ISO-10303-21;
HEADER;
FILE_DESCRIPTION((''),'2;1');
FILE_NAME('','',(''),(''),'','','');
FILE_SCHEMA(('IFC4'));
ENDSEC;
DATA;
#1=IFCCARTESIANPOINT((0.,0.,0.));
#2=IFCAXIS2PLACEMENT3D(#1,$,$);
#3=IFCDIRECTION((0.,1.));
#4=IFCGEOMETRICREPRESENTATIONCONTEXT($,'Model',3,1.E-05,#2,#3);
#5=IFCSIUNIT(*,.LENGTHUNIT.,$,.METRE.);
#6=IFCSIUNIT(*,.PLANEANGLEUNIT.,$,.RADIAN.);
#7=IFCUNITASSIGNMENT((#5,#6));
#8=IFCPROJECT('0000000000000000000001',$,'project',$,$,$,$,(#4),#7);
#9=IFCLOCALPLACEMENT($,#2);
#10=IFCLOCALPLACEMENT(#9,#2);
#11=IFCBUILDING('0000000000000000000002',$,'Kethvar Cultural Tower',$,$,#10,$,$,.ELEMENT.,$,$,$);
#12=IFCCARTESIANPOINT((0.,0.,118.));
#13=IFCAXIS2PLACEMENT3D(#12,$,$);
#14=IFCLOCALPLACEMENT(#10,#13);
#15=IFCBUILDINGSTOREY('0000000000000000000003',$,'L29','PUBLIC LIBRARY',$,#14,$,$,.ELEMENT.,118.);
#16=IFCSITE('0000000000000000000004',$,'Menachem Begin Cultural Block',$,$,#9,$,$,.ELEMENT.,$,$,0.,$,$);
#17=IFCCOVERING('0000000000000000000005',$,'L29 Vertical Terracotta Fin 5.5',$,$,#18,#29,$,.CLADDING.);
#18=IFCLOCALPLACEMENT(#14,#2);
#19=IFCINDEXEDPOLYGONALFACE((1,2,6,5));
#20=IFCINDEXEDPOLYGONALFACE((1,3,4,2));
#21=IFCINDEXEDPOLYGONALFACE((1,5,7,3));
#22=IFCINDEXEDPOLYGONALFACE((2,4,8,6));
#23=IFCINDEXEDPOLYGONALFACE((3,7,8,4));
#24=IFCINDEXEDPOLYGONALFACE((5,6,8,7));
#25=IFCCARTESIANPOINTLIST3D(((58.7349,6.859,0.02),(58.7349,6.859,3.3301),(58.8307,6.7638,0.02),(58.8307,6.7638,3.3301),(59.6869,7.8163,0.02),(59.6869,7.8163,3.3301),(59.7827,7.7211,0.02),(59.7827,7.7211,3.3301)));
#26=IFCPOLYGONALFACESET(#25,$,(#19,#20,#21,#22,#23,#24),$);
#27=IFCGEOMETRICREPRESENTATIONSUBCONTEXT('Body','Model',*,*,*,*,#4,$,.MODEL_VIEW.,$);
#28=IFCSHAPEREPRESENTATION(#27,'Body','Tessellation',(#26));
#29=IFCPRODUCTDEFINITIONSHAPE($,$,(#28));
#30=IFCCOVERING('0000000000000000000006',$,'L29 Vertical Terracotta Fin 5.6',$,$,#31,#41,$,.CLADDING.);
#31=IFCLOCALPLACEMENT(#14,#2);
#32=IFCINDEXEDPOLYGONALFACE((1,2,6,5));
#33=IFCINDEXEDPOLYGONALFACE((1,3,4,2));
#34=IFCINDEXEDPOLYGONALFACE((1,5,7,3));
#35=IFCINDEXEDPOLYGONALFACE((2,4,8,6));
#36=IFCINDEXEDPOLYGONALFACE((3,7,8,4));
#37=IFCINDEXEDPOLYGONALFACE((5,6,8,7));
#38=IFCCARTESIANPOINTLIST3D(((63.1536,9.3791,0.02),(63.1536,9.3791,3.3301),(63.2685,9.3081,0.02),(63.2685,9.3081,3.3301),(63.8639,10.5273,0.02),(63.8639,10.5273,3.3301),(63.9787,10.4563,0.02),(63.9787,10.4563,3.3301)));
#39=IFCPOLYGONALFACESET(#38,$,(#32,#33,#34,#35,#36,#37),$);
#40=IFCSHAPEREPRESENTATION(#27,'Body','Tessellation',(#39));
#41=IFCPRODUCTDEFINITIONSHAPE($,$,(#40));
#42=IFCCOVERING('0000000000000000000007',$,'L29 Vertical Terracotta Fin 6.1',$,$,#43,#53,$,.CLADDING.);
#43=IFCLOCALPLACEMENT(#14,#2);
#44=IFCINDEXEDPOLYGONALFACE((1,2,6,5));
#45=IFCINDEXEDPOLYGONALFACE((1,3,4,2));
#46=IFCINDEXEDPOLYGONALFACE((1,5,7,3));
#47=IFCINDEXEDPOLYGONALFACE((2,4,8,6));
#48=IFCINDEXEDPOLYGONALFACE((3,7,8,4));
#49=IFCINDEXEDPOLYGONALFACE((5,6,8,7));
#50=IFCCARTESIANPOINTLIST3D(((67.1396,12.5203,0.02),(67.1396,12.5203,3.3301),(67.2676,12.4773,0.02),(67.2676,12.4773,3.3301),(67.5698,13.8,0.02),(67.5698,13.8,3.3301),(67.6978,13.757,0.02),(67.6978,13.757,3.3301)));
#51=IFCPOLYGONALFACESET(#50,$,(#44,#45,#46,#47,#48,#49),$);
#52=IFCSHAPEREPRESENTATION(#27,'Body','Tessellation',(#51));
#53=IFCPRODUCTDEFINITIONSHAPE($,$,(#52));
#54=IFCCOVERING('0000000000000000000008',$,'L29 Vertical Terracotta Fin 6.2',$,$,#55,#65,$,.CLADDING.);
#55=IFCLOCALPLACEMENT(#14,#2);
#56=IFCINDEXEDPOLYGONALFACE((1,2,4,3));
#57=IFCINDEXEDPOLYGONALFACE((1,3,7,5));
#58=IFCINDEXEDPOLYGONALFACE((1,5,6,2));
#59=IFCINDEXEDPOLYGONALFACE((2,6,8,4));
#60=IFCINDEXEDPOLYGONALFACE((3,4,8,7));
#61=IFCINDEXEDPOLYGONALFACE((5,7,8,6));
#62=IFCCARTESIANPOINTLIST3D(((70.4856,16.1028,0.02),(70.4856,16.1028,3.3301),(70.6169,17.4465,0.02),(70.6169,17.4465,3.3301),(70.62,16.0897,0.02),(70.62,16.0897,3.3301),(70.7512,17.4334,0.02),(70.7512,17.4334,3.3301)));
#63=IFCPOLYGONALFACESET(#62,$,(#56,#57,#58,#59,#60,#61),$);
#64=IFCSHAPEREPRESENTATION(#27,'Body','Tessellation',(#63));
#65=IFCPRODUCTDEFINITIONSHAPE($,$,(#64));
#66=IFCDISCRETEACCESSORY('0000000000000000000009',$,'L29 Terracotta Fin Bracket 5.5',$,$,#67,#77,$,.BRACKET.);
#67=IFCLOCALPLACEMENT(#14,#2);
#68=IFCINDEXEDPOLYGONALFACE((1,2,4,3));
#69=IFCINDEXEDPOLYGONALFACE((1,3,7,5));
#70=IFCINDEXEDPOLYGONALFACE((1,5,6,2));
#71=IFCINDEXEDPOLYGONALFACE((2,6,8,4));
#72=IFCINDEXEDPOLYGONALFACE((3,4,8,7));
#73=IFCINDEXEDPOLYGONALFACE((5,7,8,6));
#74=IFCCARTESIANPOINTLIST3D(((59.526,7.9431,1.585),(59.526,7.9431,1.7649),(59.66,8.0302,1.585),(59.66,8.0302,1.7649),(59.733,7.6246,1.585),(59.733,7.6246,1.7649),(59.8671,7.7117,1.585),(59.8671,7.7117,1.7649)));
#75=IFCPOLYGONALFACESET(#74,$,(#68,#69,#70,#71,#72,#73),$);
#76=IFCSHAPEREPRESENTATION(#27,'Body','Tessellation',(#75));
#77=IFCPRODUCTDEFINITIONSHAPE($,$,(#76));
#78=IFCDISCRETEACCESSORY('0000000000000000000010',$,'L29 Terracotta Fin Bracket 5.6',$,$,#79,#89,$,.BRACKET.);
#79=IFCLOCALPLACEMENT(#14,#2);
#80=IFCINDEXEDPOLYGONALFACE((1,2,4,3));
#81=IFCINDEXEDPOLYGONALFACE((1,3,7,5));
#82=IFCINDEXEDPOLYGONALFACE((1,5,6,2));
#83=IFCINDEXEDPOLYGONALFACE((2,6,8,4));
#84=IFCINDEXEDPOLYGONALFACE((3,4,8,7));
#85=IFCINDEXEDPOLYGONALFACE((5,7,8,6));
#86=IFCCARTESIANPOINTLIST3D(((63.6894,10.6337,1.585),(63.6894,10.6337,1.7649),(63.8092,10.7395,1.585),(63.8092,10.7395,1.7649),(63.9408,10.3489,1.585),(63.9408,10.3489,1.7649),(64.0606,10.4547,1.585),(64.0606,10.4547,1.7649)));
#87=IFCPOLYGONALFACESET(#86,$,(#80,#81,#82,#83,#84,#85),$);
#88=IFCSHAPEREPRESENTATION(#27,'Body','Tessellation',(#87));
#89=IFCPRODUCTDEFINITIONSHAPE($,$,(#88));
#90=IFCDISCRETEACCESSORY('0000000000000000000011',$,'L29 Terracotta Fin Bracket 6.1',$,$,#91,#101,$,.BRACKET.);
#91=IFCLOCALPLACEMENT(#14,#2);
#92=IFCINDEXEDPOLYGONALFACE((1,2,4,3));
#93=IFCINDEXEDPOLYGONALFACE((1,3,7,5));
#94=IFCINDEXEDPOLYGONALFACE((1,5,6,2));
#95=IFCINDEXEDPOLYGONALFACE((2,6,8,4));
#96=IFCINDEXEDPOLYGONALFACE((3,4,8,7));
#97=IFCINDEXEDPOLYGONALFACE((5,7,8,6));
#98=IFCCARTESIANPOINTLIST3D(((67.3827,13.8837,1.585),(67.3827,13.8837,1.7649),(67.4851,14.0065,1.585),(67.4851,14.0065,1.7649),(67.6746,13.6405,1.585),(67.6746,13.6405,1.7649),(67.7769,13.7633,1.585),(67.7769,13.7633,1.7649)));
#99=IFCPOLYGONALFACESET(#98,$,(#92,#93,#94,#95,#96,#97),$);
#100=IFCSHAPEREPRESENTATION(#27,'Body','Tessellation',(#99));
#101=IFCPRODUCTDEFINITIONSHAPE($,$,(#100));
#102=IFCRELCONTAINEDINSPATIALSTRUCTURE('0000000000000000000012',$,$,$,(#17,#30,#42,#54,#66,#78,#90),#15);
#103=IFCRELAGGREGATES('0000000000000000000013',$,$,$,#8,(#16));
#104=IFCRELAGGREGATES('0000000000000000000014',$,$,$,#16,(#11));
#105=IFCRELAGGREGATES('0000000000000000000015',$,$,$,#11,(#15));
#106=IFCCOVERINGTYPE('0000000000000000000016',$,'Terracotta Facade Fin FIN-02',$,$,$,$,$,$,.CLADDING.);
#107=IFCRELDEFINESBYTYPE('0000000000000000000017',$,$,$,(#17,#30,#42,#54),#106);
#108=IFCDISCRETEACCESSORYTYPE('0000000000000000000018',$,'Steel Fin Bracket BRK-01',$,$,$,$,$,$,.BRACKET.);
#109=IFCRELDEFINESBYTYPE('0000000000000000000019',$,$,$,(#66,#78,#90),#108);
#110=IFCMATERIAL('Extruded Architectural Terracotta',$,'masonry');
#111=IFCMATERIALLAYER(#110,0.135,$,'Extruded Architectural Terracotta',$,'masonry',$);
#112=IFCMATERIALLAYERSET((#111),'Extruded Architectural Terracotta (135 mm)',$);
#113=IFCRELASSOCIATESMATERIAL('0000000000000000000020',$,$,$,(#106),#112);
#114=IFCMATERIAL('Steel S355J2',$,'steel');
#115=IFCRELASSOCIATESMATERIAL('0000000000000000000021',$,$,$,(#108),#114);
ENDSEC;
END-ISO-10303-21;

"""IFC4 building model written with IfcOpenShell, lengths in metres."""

from ifc_helpers import new_model, si_unit, direction, frame, origin, origin_2d, place, context, subcontext, project, spatial, rectangle, extrude, source, transform, mapped, material, layer, layer_set, type_object, element, save


model = new_model("IFC4")

# Units and contexts
model_context = context("Model", 3, precision=1e-05, world=origin(), true_north=direction((0.0, 1.0)))
body_context = subcontext(model_context, "Body", "Model", "MODEL_VIEW")
ifc_project = project(units=[si_unit("LENGTHUNIT", "METRE"), si_unit("PLANEANGLEUNIT", "RADIAN")], contexts=[model_context])

# Site, building, storey
site_placement = place(None, origin())
site = spatial("IfcSite", under=ifc_project, at=site_placement, Name="Menachem Begin Cultural Block", CompositionType="ELEMENT", RefElevation=0.0)
building_placement = place(site_placement, origin())
building = spatial("IfcBuilding", under=site, at=building_placement, Name="Kethvar Cultural Tower", CompositionType="ELEMENT")
storey_placement = place(building_placement, frame((0.0, 0.0, 118.0)))
storey = spatial("IfcBuildingStorey", under=building, at=storey_placement, Name="L29", Description="PUBLIC LIBRARY", CompositionType="ELEMENT", Elevation=118.0)

# Shared definitions
ifc_material_1 = material(Name="Steel S355J2", Category="steel")

# Coverings
ifc_material_2 = material(Name="Extruded Architectural Terracotta", Category="masonry")
ifc_layer_1 = layer(ifc_material_2, 0.135, Name="Extruded Architectural Terracotta", Category="masonry")
ifc_layer_set_1 = layer_set([ifc_layer_1], Name="Extruded Architectural Terracotta (135 mm)")
covering_type = type_object("IfcCoveringType", Name="Terracotta Facade Fin FIN-02", PredefinedType="CLADDING", material=ifc_layer_set_1)
shared_shape_1 = source(origin(), body_context, "Body", "SweptSolid", [
    extrude(rectangle(XDim=1.3501, YDim=0.135, at=origin_2d()), origin(), (0.0, 0.0, 1.0), 3.3101),
])
for number, where, z_axis, x_axis, name in (
    (1, (59.2588, 7.29, 0.02), (0.0, 0.0, 1.0), (-0.705129, -0.709079, 0.0), "L29 Vertical Terracotta Fin 5.5"),
    (2, (63.5662, 9.9177, 0.02), (0.0, 0.0, 1.0), (-0.526066, -0.850444, 0.0), "L29 Vertical Terracotta Fin 5.6"),
    (3, (67.4187, 13.1387, 0.02), (0.0, 0.0, 1.0), (-0.318628, -0.94788, 0.0), "L29 Vertical Terracotta Fin 6.1"),
    (4, (70.6184, 16.7681, 0.02), (0.0, 0.0, 1.0), (-0.097235, -0.995261, 0.0), "L29 Vertical Terracotta Fin 6.2"),
):
    element("IfcCovering", number, at=place(storey_placement, frame(where, z_axis=z_axis, x_axis=x_axis)), inside=storey, type_object=covering_type, Name=name, PredefinedType="CLADDING", context=body_context, shape_type="MappedRepresentation", body=[
        mapped(shared_shape_1, transform((0.0, 0.0, 0.0), scale=1.0)),
    ])

# Discrete accessories
discrete_accessory_type = type_object("IfcDiscreteAccessoryType", Name="Steel Fin Bracket BRK-01", PredefinedType="BRACKET", material=ifc_material_1)
shared_shape_2 = source(origin(), body_context, "Body", "SweptSolid", [
    extrude(rectangle(XDim=0.3799, YDim=0.1599, at=origin_2d()), origin(), (0.0, 0.0, 1.0), 0.1799),
])
for number, where, z_axis, x_axis, name in (
    (5, (59.6965, 7.8274, 1.585), (0.0, 0.0, 1.0), (0.545078, -0.838385, 0.0), "L29 Terracotta Fin Bracket 5.5"),
    (6, (63.875, 10.5442, 1.585), (0.0, 0.0, 1.0), (0.661835, -0.749649, 0.0), "L29 Terracotta Fin Bracket 5.6"),
    (7, (67.5798, 13.8235, 1.585), (0.0, 0.0, 1.0), (0.768172, -0.640244, 0.0), "L29 Terracotta Fin Bracket 6.1"),
):
    element("IfcDiscreteAccessory", number, at=place(storey_placement, frame(where, z_axis=z_axis, x_axis=x_axis)), inside=storey, type_object=discrete_accessory_type, Name=name, PredefinedType="BRACKET", context=body_context, shape_type="MappedRepresentation", body=[
        mapped(shared_shape_2, transform((0.0, 0.0, 0.0), scale=1.0)),
    ])

save(model, "model.ifc")
